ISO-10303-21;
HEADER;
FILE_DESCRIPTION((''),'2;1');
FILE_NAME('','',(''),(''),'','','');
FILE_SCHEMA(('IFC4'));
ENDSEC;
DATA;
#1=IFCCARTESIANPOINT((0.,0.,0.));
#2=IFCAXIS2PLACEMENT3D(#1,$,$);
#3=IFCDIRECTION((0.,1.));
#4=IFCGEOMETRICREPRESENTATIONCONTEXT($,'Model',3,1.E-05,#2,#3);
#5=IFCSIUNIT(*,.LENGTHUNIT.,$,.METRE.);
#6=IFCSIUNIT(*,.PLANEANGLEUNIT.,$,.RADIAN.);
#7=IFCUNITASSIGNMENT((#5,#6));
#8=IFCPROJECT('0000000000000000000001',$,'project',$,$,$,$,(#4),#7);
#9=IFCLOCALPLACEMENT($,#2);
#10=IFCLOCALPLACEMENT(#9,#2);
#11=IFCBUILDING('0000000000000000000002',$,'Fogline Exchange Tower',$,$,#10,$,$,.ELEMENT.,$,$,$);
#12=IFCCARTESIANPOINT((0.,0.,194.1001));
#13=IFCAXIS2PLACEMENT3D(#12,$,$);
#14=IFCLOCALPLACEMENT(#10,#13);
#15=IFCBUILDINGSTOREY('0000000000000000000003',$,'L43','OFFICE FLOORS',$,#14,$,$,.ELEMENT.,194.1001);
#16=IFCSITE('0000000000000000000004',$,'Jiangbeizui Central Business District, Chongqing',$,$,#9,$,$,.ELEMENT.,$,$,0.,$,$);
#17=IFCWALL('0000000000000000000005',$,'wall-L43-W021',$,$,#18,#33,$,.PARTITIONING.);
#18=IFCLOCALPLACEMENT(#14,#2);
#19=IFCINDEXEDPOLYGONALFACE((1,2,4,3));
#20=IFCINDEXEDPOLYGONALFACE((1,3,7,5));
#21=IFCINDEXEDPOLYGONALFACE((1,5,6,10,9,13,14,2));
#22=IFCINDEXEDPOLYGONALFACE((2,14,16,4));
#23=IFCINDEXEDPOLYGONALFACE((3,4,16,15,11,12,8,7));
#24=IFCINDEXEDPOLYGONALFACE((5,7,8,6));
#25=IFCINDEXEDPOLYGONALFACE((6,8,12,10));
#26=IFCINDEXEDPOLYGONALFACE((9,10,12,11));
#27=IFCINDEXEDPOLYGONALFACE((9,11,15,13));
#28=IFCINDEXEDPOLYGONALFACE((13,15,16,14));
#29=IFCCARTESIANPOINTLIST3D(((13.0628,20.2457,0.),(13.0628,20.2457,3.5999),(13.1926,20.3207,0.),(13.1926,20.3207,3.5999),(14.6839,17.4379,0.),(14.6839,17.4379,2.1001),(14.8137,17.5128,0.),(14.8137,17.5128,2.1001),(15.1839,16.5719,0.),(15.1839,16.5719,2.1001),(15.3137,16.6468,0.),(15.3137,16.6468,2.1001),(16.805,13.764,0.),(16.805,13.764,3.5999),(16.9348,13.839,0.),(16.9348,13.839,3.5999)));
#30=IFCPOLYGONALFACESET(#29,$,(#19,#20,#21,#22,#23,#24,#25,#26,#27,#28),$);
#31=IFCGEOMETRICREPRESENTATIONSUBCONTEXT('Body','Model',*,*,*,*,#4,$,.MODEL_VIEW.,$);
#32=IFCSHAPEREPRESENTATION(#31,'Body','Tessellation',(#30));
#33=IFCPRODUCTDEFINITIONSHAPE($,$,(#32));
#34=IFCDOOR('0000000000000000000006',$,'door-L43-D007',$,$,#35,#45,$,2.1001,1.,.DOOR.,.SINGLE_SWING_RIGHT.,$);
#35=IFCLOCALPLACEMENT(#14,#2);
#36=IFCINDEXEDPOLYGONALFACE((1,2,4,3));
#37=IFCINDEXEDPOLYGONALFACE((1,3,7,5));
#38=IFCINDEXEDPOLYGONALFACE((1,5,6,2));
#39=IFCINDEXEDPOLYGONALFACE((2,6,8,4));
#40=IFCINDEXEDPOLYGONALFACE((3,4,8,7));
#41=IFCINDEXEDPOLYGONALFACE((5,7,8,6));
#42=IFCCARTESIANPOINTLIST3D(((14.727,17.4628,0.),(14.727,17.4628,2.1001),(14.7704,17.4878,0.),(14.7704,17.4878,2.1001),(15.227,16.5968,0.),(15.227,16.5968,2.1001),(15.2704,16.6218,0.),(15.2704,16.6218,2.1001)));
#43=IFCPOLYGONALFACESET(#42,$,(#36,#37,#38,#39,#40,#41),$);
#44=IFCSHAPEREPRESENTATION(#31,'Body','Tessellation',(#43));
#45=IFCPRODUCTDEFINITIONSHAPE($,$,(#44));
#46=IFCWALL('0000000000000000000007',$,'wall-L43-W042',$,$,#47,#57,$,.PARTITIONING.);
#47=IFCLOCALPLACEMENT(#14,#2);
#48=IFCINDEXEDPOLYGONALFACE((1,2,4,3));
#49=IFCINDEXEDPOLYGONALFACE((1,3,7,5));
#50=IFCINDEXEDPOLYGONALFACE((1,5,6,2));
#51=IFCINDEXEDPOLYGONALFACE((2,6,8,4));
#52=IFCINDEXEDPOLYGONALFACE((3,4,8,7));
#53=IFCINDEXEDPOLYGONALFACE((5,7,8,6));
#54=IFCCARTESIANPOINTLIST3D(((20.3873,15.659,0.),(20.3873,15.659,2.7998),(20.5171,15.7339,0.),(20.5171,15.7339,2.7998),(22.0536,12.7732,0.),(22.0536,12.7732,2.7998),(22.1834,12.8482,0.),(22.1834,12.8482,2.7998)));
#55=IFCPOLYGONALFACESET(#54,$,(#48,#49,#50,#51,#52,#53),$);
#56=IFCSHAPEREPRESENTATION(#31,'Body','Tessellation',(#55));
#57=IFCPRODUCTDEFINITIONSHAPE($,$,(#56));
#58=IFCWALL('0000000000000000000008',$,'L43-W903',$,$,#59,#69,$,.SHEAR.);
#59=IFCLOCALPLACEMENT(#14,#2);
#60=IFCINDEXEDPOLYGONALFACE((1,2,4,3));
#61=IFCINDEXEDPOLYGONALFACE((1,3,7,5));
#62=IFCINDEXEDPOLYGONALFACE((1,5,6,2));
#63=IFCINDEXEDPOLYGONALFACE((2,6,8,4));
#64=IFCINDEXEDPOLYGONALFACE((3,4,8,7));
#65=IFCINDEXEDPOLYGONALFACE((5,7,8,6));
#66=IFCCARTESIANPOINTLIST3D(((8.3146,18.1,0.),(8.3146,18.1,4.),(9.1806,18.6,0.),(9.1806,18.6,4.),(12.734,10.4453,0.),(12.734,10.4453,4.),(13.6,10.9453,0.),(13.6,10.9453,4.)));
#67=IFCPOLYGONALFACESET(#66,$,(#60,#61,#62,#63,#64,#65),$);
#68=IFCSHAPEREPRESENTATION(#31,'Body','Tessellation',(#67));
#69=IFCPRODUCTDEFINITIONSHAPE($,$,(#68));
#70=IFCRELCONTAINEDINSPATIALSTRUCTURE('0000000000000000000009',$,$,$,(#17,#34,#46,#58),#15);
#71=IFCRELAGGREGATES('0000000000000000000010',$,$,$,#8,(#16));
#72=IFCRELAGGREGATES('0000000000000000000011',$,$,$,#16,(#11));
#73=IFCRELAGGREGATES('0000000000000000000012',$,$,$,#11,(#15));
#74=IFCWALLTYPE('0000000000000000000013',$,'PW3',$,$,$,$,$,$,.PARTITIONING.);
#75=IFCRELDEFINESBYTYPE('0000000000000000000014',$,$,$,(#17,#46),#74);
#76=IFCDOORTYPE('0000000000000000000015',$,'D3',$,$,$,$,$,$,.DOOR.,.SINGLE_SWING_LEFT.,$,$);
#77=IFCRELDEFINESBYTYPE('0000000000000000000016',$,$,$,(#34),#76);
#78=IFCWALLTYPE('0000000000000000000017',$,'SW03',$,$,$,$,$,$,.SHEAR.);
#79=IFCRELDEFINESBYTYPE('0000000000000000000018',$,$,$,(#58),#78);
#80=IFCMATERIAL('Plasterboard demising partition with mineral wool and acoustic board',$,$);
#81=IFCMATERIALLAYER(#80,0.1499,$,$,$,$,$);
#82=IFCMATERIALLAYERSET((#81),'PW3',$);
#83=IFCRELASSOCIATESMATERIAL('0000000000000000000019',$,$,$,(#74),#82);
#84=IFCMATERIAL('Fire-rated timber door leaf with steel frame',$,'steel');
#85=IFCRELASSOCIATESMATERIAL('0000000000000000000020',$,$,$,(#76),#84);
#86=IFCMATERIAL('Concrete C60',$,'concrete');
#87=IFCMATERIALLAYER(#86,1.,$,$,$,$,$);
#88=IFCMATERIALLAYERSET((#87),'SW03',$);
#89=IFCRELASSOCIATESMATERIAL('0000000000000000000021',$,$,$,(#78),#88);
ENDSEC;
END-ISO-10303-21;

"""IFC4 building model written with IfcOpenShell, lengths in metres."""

from ifc_helpers import new_model, si_unit, direction, frame, frame_2d, origin, place, context, subcontext, project, spatial, rectangle, extrude, material, layer, layer_set, type_object, element, fill, save


model = new_model("IFC4")

# Units and contexts
model_context = context("Model", 3, precision=1e-05, world=origin(), true_north=direction((0.0, 1.0)))
body_context = subcontext(model_context, "Body", "Model", "MODEL_VIEW")
ifc_project = project(units=[si_unit("LENGTHUNIT", "METRE"), si_unit("PLANEANGLEUNIT", "RADIAN")], contexts=[model_context])

# Site, building, storey
site_placement = place(None, origin())
site = spatial("IfcSite", under=ifc_project, at=site_placement, Name="Jiangbeizui Central Business District, Chongqing", CompositionType="ELEMENT", RefElevation=0.0)
building_placement = place(site_placement, origin())
building = spatial("IfcBuilding", under=site, at=building_placement, Name="Fogline Exchange Tower", CompositionType="ELEMENT")
storey_placement = place(building_placement, frame((0.0, 0.0, 194.1001)))
storey = spatial("IfcBuildingStorey", under=building, at=storey_placement, Name="L43", Description="OFFICE FLOORS", CompositionType="ELEMENT", Elevation=194.1001)

# Shared definitions
ifc_material_1 = material(Name="Concrete C60", Category="concrete")

# Shared definitions
ifc_material_2 = material(Name="Plasterboard demising partition with mineral wool and acoustic board")
ifc_layer_1 = layer(ifc_material_2, 0.1499)
ifc_layer_set_1 = layer_set([ifc_layer_1], Name="PW3")
wall_type_1 = type_object("IfcWallType", Name="PW3", PredefinedType="PARTITIONING", material=ifc_layer_set_1)

# Wall, opening, door
wall_1_placement = place(storey_placement, frame((16.8699, 13.8015, 0.0), z_axis=(0.0, 0.0, 1.0), x_axis=(-0.499998, 0.866026, 0.0)))
wall_1 = element("IfcWall", 1, at=wall_1_placement, inside=storey, type_object=wall_type_1, Name="wall-L43-W021", PredefinedType="PARTITIONING", context=body_context, shape_type="SweptSolid", body=[
    extrude(rectangle(XDim=7.4844, YDim=0.1499, at=frame_2d((3.7422, 0.0))), origin(), (0.0, 0.0, 1.0), 3.5999),
])
opening_1_placement = place(wall_1_placement, frame((3.2422, 0.0, 0.0)))
opening_1 = element("IfcOpeningElement", 2, at=opening_1_placement, cuts=wall_1, PredefinedType="OPENING", context=body_context, shape_type="SweptSolid", body=[
    extrude(rectangle(XDim=1.0, YDim=2.1001, at=frame_2d((0.5, 1.05))), frame((0.0, 0.085, 0.0), z_axis=(0.0, -1.0, 0.0), x_axis=(1.0, 0.0, 0.0)), (0.0, 0.0, 1.0), 0.1699),
])
ifc_material_3 = material(Name="Fire-rated timber door leaf with steel frame", Category="steel")
door_type_1 = type_object("IfcDoorType", Name="D3", OperationType="SINGLE_SWING_LEFT", PredefinedType="DOOR", material=ifc_material_3)
door_1_placement = place(opening_1_placement, frame((1.0, 0.0, 0.0), z_axis=(0.0, 0.0, 1.0), x_axis=(-1.0, 0.0, 0.0)))
door_1 = element("IfcDoor", 3, at=door_1_placement, inside=storey, type_object=door_type_1, Name="door-L43-D007", OperationType="SINGLE_SWING_RIGHT", OverallHeight=2.1001, OverallWidth=1.0, PredefinedType="DOOR", context=body_context, shape_type="SweptSolid", body=[
    extrude(rectangle(XDim=1.0, YDim=2.1001, at=frame_2d((0.5, 1.05))), frame((0.0, 0.0249, 0.0), z_axis=(0.0, -1.0, 0.0), x_axis=(1.0, 0.0, 0.0)), (0.0, 0.0, 1.0), 0.05),
])
fill(opening_1, door_1)

# Walls
wall_2_placement = place(storey_placement, frame((22.1184, 12.8108, 0.0), z_axis=(0.0, 0.0, 1.0), x_axis=(-0.50004, 0.866003, 0.0)))
element("IfcWall", 4, at=wall_2_placement, inside=storey, type_object=wall_type_1, Name="wall-L43-W042", PredefinedType="PARTITIONING", context=body_context, shape_type="SweptSolid", body=[
    extrude(rectangle(XDim=3.3323, YDim=0.1499, at=frame_2d((1.666, 0.0))), origin(), (0.0, 0.0, 1.0), 2.7998),
])
ifc_layer_2 = layer(ifc_material_1, 1.0)
ifc_layer_set_2 = layer_set([ifc_layer_2], Name="SW03")
wall_type_2 = type_object("IfcWallType", Name="SW03", PredefinedType="SHEAR", material=ifc_layer_set_2)
wall_3_placement = place(storey_placement, frame((13.167, 10.6953, 0.0), z_axis=(0.0, 0.0, 1.0), x_axis=(-0.499995, 0.866028, 0.0)))
element("IfcWall", 5, at=wall_3_placement, inside=storey, type_object=wall_type_2, Name="L43-W903", PredefinedType="SHEAR", context=body_context, shape_type="SweptSolid", body=[
    extrude(rectangle(XDim=8.8389, YDim=1.0, at=frame_2d((4.4194, 0.0))), origin(), (0.0, 0.0, 1.0), 4.0),
])

save(model, "model.ifc")
